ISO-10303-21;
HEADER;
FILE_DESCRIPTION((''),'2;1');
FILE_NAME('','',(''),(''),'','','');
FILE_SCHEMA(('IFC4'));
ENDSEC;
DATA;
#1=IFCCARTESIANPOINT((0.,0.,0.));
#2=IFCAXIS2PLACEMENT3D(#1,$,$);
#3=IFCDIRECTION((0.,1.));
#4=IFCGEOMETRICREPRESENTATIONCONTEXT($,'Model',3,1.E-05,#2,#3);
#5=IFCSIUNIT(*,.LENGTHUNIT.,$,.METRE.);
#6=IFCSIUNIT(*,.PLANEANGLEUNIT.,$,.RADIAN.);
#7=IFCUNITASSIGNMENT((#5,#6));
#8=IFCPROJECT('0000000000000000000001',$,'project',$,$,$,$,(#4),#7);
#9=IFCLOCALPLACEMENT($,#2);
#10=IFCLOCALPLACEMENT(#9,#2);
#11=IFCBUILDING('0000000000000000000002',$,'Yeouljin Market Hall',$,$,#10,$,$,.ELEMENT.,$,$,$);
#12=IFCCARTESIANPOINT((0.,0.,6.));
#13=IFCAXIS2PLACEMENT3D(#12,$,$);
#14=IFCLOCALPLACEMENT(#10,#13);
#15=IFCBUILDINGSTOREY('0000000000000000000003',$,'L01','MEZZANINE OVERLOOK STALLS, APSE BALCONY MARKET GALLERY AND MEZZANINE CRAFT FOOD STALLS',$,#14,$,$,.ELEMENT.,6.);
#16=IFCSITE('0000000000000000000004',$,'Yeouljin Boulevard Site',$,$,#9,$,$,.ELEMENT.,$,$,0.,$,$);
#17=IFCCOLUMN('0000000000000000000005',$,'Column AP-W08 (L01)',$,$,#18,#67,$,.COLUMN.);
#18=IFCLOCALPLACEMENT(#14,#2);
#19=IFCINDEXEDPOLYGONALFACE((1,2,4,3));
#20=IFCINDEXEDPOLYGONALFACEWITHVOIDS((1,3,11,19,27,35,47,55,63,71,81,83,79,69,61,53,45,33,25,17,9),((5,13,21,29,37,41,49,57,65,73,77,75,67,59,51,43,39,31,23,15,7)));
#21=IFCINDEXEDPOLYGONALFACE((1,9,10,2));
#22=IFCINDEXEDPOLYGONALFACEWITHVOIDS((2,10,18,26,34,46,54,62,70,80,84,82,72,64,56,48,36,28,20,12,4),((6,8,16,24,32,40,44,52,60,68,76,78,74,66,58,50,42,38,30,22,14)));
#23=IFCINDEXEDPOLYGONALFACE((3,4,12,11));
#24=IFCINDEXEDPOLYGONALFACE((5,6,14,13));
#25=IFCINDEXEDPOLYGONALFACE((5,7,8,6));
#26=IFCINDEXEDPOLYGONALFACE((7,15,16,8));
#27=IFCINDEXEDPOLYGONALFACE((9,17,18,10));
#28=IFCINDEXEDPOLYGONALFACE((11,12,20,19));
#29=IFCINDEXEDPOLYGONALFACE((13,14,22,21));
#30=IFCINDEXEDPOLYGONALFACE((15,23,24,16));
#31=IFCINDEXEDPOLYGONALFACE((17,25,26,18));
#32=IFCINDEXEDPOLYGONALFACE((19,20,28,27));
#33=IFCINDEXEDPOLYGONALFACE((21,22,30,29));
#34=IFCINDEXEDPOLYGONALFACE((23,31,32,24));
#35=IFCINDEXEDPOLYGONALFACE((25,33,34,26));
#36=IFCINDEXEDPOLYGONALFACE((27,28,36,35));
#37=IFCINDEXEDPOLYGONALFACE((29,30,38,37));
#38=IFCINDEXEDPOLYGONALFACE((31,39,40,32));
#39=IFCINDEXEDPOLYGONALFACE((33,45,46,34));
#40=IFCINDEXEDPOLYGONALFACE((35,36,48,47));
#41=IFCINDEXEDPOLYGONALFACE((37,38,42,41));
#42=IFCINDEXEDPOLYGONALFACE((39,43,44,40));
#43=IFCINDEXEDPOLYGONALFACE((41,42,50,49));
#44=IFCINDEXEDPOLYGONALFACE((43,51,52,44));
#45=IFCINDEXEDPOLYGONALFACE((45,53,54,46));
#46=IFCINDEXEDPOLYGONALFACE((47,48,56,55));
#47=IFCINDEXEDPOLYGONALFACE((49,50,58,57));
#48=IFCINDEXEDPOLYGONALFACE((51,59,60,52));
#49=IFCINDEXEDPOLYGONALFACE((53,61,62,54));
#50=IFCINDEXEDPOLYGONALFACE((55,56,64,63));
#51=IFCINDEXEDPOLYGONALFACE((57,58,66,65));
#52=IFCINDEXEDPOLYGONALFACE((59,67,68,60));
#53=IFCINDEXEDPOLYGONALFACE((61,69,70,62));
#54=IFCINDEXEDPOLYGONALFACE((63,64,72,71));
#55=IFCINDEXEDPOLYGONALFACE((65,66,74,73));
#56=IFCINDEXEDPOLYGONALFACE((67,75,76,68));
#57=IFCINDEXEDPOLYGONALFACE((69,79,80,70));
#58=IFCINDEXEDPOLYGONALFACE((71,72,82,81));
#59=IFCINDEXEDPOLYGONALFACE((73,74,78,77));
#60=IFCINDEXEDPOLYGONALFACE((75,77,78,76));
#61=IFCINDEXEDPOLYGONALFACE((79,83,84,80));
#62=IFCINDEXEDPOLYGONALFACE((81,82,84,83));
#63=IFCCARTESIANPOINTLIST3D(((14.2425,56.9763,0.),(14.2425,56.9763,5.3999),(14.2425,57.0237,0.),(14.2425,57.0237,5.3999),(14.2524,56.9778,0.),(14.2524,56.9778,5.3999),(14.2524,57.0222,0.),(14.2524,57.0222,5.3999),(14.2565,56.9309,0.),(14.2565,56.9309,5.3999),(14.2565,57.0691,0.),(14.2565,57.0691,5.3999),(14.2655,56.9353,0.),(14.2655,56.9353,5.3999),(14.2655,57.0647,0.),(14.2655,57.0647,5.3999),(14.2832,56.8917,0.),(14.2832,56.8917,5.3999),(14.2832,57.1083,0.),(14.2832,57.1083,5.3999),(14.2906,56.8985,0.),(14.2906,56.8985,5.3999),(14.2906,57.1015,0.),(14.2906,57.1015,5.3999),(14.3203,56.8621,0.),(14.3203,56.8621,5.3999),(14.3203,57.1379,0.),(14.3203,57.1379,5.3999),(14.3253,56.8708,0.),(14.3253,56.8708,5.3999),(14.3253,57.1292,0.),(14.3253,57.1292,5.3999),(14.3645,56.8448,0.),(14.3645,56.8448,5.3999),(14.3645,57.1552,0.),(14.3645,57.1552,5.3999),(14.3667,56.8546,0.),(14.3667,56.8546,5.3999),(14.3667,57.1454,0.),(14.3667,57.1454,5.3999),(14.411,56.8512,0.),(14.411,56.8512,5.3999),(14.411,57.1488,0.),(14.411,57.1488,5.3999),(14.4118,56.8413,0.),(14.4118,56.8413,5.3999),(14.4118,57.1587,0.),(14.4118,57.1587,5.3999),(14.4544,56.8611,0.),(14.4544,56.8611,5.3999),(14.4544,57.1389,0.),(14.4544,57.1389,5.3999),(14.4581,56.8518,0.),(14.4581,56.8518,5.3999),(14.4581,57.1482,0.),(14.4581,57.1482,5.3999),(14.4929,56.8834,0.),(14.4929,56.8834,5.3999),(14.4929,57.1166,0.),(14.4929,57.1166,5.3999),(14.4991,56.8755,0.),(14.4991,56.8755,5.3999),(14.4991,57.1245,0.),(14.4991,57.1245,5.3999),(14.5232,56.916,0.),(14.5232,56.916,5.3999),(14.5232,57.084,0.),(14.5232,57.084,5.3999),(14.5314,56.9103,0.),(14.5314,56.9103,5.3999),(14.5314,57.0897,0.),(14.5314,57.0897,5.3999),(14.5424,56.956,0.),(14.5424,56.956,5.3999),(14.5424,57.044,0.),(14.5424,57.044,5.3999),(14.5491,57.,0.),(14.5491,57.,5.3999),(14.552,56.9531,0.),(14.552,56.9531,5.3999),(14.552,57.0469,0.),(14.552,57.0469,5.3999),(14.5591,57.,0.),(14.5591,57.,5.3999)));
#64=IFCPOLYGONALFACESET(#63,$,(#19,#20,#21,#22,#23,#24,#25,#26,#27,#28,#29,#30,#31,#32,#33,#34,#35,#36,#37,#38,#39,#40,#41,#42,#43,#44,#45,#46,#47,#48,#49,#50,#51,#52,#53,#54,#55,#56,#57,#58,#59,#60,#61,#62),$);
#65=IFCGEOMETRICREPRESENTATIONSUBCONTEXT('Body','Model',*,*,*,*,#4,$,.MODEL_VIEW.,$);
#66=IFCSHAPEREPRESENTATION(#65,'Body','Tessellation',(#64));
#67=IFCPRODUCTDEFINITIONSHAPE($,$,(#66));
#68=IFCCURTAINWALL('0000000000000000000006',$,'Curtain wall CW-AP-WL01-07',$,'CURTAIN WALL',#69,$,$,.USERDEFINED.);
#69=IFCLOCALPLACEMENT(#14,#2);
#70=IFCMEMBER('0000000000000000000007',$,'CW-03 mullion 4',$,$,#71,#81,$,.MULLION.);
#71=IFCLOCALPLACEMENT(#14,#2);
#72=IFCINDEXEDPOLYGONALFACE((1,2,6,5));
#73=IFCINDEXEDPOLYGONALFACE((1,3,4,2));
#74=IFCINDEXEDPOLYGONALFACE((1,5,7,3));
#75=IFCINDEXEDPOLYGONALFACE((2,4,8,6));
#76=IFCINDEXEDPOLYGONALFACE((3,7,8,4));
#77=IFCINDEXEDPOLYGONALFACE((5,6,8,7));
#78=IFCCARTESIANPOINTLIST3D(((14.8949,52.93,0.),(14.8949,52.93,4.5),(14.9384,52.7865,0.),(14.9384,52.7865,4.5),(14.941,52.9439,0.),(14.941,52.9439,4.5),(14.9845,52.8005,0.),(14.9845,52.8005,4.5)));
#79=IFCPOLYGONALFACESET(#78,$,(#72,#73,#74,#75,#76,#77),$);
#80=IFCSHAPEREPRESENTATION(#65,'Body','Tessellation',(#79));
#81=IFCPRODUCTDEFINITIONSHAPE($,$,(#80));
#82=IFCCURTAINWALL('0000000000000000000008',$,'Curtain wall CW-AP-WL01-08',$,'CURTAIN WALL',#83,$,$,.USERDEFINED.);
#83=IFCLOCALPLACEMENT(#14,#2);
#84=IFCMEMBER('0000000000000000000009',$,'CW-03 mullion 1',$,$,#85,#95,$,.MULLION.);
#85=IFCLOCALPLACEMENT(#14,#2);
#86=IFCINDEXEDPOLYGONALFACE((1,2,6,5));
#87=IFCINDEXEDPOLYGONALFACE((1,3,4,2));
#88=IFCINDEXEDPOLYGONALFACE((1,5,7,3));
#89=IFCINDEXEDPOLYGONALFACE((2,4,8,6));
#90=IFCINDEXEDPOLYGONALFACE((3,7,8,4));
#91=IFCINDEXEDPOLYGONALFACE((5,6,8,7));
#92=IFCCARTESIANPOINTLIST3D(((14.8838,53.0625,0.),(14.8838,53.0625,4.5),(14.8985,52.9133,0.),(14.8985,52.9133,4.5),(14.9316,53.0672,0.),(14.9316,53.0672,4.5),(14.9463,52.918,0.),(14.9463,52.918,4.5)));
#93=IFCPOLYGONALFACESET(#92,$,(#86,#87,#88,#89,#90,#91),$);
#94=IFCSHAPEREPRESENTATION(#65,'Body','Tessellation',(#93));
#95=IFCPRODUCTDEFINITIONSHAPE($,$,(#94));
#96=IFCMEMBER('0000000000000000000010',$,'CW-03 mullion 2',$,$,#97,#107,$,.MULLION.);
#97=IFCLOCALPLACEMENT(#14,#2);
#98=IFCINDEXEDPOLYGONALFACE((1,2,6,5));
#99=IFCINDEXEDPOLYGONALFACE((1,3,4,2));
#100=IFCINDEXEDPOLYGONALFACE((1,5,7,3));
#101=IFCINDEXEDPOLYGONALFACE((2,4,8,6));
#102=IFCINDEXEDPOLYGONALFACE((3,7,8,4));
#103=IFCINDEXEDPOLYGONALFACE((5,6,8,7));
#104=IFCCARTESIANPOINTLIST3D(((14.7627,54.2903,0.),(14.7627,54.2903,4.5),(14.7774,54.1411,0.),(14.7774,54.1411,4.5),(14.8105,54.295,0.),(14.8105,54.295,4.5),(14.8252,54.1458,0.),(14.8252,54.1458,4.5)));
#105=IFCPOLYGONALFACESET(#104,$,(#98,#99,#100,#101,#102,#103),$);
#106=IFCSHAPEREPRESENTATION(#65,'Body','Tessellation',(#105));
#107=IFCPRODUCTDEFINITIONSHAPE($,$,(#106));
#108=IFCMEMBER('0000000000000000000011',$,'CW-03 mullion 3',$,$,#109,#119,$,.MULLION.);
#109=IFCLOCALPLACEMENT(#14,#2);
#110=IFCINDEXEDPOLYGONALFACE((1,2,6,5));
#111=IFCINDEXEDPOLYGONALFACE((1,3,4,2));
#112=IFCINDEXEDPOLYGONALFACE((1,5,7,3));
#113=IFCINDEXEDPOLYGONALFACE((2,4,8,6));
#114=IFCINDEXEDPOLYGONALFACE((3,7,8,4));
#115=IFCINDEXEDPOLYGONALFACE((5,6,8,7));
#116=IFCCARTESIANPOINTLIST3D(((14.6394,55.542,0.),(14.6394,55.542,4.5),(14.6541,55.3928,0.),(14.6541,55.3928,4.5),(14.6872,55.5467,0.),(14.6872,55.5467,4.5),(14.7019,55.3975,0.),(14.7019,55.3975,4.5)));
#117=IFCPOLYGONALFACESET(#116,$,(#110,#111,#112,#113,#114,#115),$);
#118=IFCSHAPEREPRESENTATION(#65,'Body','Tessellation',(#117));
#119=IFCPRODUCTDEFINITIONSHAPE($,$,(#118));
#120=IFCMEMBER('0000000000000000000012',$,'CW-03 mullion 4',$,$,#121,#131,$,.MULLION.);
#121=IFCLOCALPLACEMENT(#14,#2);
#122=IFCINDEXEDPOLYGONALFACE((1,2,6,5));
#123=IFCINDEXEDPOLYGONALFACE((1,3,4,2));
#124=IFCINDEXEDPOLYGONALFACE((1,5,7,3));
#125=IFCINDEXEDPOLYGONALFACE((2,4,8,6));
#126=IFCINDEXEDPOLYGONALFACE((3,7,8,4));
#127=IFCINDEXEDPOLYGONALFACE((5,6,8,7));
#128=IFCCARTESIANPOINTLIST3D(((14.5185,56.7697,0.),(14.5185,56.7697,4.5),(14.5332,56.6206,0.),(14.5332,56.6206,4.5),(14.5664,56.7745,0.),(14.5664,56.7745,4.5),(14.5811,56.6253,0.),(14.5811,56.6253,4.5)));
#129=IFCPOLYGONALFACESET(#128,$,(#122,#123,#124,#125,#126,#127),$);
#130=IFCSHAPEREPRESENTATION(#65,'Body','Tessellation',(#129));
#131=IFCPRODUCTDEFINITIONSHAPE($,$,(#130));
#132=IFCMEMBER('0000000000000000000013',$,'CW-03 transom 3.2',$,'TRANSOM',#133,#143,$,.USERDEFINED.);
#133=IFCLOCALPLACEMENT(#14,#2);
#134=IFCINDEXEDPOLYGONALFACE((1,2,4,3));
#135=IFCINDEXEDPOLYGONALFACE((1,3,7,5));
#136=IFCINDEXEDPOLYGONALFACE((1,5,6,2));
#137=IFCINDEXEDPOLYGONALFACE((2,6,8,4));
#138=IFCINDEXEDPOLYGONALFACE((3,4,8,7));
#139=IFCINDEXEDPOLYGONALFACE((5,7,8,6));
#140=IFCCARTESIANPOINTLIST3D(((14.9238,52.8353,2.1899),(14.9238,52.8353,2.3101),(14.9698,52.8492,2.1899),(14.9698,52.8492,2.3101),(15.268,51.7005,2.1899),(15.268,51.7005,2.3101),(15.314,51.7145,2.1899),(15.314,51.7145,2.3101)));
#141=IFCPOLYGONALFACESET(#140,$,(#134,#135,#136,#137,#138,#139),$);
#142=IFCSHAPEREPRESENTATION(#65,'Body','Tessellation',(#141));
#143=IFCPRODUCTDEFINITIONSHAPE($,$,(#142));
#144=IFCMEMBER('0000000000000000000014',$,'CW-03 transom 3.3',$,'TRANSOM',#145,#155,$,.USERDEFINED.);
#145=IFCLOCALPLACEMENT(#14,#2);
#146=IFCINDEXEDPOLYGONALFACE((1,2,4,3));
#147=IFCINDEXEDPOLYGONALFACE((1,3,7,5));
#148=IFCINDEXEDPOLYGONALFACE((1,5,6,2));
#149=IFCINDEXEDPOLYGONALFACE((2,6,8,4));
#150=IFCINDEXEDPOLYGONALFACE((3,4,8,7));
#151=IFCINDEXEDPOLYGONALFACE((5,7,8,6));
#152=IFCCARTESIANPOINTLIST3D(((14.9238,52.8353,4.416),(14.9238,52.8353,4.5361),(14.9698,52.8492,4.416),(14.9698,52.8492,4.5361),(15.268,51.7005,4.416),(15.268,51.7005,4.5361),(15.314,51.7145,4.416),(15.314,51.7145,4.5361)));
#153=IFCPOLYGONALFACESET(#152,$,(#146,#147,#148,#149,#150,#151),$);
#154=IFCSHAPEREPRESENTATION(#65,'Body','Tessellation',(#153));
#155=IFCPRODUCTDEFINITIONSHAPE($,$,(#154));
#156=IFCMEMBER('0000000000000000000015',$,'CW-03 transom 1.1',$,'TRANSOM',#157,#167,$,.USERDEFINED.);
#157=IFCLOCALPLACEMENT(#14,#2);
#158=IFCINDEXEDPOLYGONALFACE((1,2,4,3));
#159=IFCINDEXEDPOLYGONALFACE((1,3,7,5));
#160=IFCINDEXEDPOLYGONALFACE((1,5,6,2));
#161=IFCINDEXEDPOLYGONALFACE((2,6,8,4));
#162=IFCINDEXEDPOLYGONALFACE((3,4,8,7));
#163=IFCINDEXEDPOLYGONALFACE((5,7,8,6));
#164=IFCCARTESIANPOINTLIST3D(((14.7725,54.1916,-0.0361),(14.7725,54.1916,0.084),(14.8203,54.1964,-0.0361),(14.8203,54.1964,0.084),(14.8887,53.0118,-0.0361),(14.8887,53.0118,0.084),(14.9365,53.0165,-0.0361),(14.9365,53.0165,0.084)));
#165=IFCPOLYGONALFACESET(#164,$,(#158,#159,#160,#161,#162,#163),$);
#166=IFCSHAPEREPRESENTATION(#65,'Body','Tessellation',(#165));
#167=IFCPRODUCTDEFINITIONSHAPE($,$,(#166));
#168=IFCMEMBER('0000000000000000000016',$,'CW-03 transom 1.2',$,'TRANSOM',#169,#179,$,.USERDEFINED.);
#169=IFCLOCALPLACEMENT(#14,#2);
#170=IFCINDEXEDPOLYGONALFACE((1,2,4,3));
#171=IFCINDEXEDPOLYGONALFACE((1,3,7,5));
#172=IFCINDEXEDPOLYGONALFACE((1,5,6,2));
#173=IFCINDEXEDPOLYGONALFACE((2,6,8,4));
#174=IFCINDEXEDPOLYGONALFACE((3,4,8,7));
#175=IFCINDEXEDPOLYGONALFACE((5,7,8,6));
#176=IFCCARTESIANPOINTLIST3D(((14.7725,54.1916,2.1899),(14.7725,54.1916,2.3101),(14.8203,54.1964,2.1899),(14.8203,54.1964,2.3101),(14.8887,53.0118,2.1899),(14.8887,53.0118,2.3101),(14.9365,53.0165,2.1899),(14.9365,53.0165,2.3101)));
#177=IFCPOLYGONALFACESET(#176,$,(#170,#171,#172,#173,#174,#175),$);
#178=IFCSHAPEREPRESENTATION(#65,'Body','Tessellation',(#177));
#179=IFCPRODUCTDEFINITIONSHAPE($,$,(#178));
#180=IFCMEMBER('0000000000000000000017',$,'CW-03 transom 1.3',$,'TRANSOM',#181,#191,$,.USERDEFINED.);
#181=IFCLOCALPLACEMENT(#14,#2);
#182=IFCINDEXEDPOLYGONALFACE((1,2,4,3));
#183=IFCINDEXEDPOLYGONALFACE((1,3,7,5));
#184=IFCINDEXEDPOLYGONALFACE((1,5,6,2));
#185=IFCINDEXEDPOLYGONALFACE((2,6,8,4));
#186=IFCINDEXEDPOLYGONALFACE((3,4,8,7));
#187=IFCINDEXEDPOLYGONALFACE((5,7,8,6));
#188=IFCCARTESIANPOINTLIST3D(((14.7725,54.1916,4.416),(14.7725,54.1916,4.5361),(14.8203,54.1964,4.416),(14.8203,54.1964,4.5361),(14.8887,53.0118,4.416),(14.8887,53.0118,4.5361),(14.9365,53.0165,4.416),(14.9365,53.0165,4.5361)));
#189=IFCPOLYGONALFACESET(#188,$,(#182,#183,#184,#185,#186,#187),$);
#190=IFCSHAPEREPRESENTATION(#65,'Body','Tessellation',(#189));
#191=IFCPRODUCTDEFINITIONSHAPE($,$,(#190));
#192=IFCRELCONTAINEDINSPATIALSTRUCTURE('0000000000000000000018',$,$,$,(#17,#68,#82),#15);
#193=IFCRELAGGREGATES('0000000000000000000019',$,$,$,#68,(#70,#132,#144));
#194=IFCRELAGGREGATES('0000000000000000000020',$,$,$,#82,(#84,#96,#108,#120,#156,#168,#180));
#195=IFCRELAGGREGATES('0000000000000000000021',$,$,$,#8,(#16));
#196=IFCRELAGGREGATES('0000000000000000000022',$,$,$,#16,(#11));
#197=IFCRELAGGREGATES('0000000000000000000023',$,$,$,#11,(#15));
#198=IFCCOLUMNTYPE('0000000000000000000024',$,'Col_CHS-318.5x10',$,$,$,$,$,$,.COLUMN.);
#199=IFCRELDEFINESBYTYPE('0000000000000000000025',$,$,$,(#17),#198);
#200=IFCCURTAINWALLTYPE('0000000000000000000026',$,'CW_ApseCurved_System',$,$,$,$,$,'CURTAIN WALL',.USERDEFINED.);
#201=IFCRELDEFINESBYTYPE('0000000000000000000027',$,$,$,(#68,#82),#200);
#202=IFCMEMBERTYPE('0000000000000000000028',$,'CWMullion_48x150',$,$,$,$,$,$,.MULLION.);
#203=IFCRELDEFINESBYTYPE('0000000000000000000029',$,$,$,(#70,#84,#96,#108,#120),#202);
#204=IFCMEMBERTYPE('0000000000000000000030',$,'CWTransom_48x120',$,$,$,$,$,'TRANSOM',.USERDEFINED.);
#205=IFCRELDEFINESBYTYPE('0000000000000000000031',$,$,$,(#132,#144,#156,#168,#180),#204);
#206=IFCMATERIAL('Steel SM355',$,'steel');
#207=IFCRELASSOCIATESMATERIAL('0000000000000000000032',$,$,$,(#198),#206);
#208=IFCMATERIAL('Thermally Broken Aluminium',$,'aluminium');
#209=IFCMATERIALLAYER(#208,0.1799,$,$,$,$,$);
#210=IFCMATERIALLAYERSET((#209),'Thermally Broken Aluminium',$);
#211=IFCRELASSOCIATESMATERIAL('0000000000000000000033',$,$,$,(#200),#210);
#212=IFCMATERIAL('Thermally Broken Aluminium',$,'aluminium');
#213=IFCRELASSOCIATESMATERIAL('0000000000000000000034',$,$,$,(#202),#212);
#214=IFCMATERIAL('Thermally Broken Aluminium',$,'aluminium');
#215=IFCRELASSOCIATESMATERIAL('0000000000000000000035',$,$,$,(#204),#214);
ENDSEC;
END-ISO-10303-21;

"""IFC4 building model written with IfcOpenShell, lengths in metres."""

from ifc_helpers import new_model, si_unit, direction, frame, origin, origin_2d, place, context, subcontext, project, spatial, rectangle, hollow_circle, extrude, material, layer, layer_set, material_profile, profile_set, type_object, element, aggregate, save


model = new_model("IFC4")

# Units and contexts
model_context = context("Model", 3, precision=1e-05, world=origin(), true_north=direction((0.0, 1.0)))
body_context = subcontext(model_context, "Body", "Model", "MODEL_VIEW")
ifc_project = project(units=[si_unit("LENGTHUNIT", "METRE"), si_unit("PLANEANGLEUNIT", "RADIAN")], contexts=[model_context])

# Site, building, storey
site_placement = place(None, origin())
site = spatial("IfcSite", under=ifc_project, at=site_placement, Name="Yeouljin Boulevard Site", CompositionType="ELEMENT", RefElevation=0.0)
building_placement = place(site_placement, origin())
building = spatial("IfcBuilding", under=site, at=building_placement, Name="Yeouljin Market Hall", CompositionType="ELEMENT")
storey_placement = place(building_placement, frame((0.0, 0.0, 6.0)))
storey = spatial("IfcBuildingStorey", under=building, at=storey_placement, Name="L01", Description="MEZZANINE OVERLOOK STALLS, APSE BALCONY MARKET GALLERY AND MEZZANINE CRAFT FOOD STALLS", CompositionType="ELEMENT", Elevation=6.0)

# Column
ifc_material_1 = material(Name="Steel SM355", Category="steel")
ifc_material_profile_1 = material_profile(ifc_material_1, hollow_circle(Radius=0.1592, WallThickness=0.01, at=origin_2d()), Name="CHS-318.5x10")
ifc_profile_set_1 = profile_set([ifc_material_profile_1], Name="Steel SM355")
column_type = type_object("IfcColumnType", Name="Col_CHS-318.5x10", PredefinedType="COLUMN", material=ifc_profile_set_1)
column_placement = place(storey_placement, frame((14.3999, 57.0, 0.0), z_axis=(0.0, 0.0, 1.0), x_axis=(1.0, 0.0, 0.0)))
element("IfcColumn", 1, at=column_placement, inside=storey, type_object=column_type, Name="Column AP-W08 (L01)", PredefinedType="COLUMN", context=body_context, shape_type="SweptSolid", body=[
    extrude(hollow_circle(Radius=0.1592, WallThickness=0.01, at=origin_2d()), origin(), (0.0, 0.0, 1.0), 5.3999),
])

# Curtain wall, member
ifc_material_2 = material(Name="Thermally Broken Aluminium", Category="aluminium")
ifc_layer_1 = layer(ifc_material_2, 0.1799)
ifc_layer_set_1 = layer_set([ifc_layer_1], Name="Thermally Broken Aluminium")
curtain_wall_type = type_object("IfcCurtainWallType", Name="CW_ApseCurved_System", ElementType="CURTAIN WALL", PredefinedType="USERDEFINED", material=ifc_layer_set_1)
curtain_wall_1_placement = place(storey_placement, origin())
curtain_wall_1 = element("IfcCurtainWall", 2, at=curtain_wall_1_placement, inside=storey, type_object=curtain_wall_type, Name="Curtain wall CW-AP-WL01-07", ObjectType="CURTAIN WALL", PredefinedType="USERDEFINED")
ifc_material_3 = material(Name="Thermally Broken Aluminium", Category="aluminium")
ifc_material_profile_2 = material_profile(ifc_material_3, rectangle(XDim=0.0481, YDim=0.1499, at=origin_2d()), Name="CW-MULL-48x150")
ifc_profile_set_2 = profile_set([ifc_material_profile_2], Name="Thermally Broken Aluminium")
member_type_1 = type_object("IfcMemberType", Name="CWMullion_48x150", PredefinedType="MULLION", material=ifc_profile_set_2)
member_1_placement = place(storey_placement, frame((14.9397, 52.8652, 0.0), z_axis=(0.0, 0.0, 1.0), x_axis=(-0.95694, -0.290286, 0.0)))
member_1 = element("IfcMember", 3, at=member_1_placement, type_object=member_type_1, Name="CW-03 mullion 4", PredefinedType="MULLION", context=body_context, shape_type="SweptSolid", body=[
    extrude(rectangle(XDim=0.0481, YDim=0.1499, at=origin_2d()), origin(), (0.0, 0.0, 1.0), 4.5),
])

# Curtain wall, members
curtain_wall_2_placement = place(storey_placement, origin())
curtain_wall_2 = element("IfcCurtainWall", 4, at=curtain_wall_2_placement, inside=storey, type_object=curtain_wall_type, Name="Curtain wall CW-AP-WL01-08", ObjectType="CURTAIN WALL", PredefinedType="USERDEFINED")
member_2_placement = place(storey_placement, frame((14.915, 52.9902, 0.0), z_axis=(0.0, 0.0, 1.0), x_axis=(-0.995183, -0.098034, 0.0)))
member_2 = element("IfcMember", 5, at=member_2_placement, type_object=member_type_1, Name="CW-03 mullion 1", PredefinedType="MULLION", context=body_context, shape_type="SweptSolid", body=[
    extrude(rectangle(XDim=0.0481, YDim=0.1499, at=origin_2d()), origin(), (0.0, 0.0, 1.0), 4.5),
])
member_3_placement = place(storey_placement, frame((14.7939, 54.218, 0.0), z_axis=(0.0, 0.0, 1.0), x_axis=(-0.995183, -0.098034, 0.0)))
member_3 = element("IfcMember", 6, at=member_3_placement, type_object=member_type_1, Name="CW-03 mullion 2", PredefinedType="MULLION", context=body_context, shape_type="SweptSolid", body=[
    extrude(rectangle(XDim=0.0481, YDim=0.1499, at=origin_2d()), origin(), (0.0, 0.0, 1.0), 4.5),
])
member_4_placement = place(storey_placement, frame((14.6707, 55.4697, 0.0), z_axis=(0.0, 0.0, 1.0), x_axis=(-0.995183, -0.098034, 0.0)))
member_4 = element("IfcMember", 7, at=member_4_placement, type_object=member_type_1, Name="CW-03 mullion 3", PredefinedType="MULLION", context=body_context, shape_type="SweptSolid", body=[
    extrude(rectangle(XDim=0.0481, YDim=0.1499, at=origin_2d()), origin(), (0.0, 0.0, 1.0), 4.5),
])
member_5_placement = place(storey_placement, frame((14.5498, 56.6975, 0.0), z_axis=(0.0, 0.0, 1.0), x_axis=(-0.995183, -0.098034, 0.0)))
member_5 = element("IfcMember", 8, at=member_5_placement, type_object=member_type_1, Name="CW-03 mullion 4", PredefinedType="MULLION", context=body_context, shape_type="SweptSolid", body=[
    extrude(rectangle(XDim=0.0481, YDim=0.1499, at=origin_2d()), origin(), (0.0, 0.0, 1.0), 4.5),
])

# Members
ifc_material_4 = material(Name="Thermally Broken Aluminium", Category="aluminium")
ifc_material_profile_3 = material_profile(ifc_material_4, rectangle(XDim=0.0481, YDim=0.1201, at=origin_2d()), Name="CW-TRAN-48x120")
ifc_profile_set_3 = profile_set([ifc_material_profile_3], Name="Thermally Broken Aluminium")
member_type_2 = type_object("IfcMemberType", Name="CWTransom_48x120", ElementType="TRANSOM", PredefinedType="USERDEFINED", material=ifc_profile_set_3)
member_6_placement = place(storey_placement, frame((15.291, 51.7075, 2.25), z_axis=(-0.290293, 0.956938, 0.0), x_axis=(-0.956938, -0.290293, 0.0)))
member_6 = element("IfcMember", 9, at=member_6_placement, type_object=member_type_2, Name="CW-03 transom 3.2", ObjectType="TRANSOM", PredefinedType="USERDEFINED", context=body_context, shape_type="SweptSolid", body=[
    extrude(rectangle(XDim=0.0481, YDim=0.1201, at=origin_2d()), origin(), (0.0, 0.0, 1.0), 1.1858),
])
member_7_placement = place(storey_placement, frame((15.291, 51.7075, 4.4761), z_axis=(-0.290293, 0.956938, 0.0), x_axis=(-0.956938, -0.290293, 0.0)))
member_7 = element("IfcMember", 10, at=member_7_placement, type_object=member_type_2, Name="CW-03 transom 3.3", ObjectType="TRANSOM", PredefinedType="USERDEFINED", context=body_context, shape_type="SweptSolid", body=[
    extrude(rectangle(XDim=0.0481, YDim=0.1201, at=origin_2d()), origin(), (0.0, 0.0, 1.0), 1.1858),
])
member_8_placement = place(storey_placement, frame((14.9126, 53.0142, 0.0239), z_axis=(-0.098015, 0.995185, 0.0), x_axis=(-0.995185, -0.098015, 0.0)))
member_8 = element("IfcMember", 11, at=member_8_placement, type_object=member_type_2, Name="CW-03 transom 1.1", ObjectType="TRANSOM", PredefinedType="USERDEFINED", context=body_context, shape_type="SweptSolid", body=[
    extrude(rectangle(XDim=0.0481, YDim=0.1201, at=origin_2d()), origin(), (0.0, 0.0, 1.0), 1.1855),
])
member_9_placement = place(storey_placement, frame((14.9126, 53.0142, 2.25), z_axis=(-0.098015, 0.995185, 0.0), x_axis=(-0.995185, -0.098015, 0.0)))
member_9 = element("IfcMember", 12, at=member_9_placement, type_object=member_type_2, Name="CW-03 transom 1.2", ObjectType="TRANSOM", PredefinedType="USERDEFINED", context=body_context, shape_type="SweptSolid", body=[
    extrude(rectangle(XDim=0.0481, YDim=0.1201, at=origin_2d()), origin(), (0.0, 0.0, 1.0), 1.1855),
])
member_10_placement = place(storey_placement, frame((14.9126, 53.0142, 4.4761), z_axis=(-0.098015, 0.995185, 0.0), x_axis=(-0.995185, -0.098015, 0.0)))
member_10 = element("IfcMember", 13, at=member_10_placement, type_object=member_type_2, Name="CW-03 transom 1.3", ObjectType="TRANSOM", PredefinedType="USERDEFINED", context=body_context, shape_type="SweptSolid", body=[
    extrude(rectangle(XDim=0.0481, YDim=0.1201, at=origin_2d()), origin(), (0.0, 0.0, 1.0), 1.1855),
])

aggregate(curtain_wall_1, [member_1, member_6, member_7])
aggregate(curtain_wall_2, [member_2, member_3, member_4, member_5, member_8, member_9, member_10])

save(model, "model.ifc")
